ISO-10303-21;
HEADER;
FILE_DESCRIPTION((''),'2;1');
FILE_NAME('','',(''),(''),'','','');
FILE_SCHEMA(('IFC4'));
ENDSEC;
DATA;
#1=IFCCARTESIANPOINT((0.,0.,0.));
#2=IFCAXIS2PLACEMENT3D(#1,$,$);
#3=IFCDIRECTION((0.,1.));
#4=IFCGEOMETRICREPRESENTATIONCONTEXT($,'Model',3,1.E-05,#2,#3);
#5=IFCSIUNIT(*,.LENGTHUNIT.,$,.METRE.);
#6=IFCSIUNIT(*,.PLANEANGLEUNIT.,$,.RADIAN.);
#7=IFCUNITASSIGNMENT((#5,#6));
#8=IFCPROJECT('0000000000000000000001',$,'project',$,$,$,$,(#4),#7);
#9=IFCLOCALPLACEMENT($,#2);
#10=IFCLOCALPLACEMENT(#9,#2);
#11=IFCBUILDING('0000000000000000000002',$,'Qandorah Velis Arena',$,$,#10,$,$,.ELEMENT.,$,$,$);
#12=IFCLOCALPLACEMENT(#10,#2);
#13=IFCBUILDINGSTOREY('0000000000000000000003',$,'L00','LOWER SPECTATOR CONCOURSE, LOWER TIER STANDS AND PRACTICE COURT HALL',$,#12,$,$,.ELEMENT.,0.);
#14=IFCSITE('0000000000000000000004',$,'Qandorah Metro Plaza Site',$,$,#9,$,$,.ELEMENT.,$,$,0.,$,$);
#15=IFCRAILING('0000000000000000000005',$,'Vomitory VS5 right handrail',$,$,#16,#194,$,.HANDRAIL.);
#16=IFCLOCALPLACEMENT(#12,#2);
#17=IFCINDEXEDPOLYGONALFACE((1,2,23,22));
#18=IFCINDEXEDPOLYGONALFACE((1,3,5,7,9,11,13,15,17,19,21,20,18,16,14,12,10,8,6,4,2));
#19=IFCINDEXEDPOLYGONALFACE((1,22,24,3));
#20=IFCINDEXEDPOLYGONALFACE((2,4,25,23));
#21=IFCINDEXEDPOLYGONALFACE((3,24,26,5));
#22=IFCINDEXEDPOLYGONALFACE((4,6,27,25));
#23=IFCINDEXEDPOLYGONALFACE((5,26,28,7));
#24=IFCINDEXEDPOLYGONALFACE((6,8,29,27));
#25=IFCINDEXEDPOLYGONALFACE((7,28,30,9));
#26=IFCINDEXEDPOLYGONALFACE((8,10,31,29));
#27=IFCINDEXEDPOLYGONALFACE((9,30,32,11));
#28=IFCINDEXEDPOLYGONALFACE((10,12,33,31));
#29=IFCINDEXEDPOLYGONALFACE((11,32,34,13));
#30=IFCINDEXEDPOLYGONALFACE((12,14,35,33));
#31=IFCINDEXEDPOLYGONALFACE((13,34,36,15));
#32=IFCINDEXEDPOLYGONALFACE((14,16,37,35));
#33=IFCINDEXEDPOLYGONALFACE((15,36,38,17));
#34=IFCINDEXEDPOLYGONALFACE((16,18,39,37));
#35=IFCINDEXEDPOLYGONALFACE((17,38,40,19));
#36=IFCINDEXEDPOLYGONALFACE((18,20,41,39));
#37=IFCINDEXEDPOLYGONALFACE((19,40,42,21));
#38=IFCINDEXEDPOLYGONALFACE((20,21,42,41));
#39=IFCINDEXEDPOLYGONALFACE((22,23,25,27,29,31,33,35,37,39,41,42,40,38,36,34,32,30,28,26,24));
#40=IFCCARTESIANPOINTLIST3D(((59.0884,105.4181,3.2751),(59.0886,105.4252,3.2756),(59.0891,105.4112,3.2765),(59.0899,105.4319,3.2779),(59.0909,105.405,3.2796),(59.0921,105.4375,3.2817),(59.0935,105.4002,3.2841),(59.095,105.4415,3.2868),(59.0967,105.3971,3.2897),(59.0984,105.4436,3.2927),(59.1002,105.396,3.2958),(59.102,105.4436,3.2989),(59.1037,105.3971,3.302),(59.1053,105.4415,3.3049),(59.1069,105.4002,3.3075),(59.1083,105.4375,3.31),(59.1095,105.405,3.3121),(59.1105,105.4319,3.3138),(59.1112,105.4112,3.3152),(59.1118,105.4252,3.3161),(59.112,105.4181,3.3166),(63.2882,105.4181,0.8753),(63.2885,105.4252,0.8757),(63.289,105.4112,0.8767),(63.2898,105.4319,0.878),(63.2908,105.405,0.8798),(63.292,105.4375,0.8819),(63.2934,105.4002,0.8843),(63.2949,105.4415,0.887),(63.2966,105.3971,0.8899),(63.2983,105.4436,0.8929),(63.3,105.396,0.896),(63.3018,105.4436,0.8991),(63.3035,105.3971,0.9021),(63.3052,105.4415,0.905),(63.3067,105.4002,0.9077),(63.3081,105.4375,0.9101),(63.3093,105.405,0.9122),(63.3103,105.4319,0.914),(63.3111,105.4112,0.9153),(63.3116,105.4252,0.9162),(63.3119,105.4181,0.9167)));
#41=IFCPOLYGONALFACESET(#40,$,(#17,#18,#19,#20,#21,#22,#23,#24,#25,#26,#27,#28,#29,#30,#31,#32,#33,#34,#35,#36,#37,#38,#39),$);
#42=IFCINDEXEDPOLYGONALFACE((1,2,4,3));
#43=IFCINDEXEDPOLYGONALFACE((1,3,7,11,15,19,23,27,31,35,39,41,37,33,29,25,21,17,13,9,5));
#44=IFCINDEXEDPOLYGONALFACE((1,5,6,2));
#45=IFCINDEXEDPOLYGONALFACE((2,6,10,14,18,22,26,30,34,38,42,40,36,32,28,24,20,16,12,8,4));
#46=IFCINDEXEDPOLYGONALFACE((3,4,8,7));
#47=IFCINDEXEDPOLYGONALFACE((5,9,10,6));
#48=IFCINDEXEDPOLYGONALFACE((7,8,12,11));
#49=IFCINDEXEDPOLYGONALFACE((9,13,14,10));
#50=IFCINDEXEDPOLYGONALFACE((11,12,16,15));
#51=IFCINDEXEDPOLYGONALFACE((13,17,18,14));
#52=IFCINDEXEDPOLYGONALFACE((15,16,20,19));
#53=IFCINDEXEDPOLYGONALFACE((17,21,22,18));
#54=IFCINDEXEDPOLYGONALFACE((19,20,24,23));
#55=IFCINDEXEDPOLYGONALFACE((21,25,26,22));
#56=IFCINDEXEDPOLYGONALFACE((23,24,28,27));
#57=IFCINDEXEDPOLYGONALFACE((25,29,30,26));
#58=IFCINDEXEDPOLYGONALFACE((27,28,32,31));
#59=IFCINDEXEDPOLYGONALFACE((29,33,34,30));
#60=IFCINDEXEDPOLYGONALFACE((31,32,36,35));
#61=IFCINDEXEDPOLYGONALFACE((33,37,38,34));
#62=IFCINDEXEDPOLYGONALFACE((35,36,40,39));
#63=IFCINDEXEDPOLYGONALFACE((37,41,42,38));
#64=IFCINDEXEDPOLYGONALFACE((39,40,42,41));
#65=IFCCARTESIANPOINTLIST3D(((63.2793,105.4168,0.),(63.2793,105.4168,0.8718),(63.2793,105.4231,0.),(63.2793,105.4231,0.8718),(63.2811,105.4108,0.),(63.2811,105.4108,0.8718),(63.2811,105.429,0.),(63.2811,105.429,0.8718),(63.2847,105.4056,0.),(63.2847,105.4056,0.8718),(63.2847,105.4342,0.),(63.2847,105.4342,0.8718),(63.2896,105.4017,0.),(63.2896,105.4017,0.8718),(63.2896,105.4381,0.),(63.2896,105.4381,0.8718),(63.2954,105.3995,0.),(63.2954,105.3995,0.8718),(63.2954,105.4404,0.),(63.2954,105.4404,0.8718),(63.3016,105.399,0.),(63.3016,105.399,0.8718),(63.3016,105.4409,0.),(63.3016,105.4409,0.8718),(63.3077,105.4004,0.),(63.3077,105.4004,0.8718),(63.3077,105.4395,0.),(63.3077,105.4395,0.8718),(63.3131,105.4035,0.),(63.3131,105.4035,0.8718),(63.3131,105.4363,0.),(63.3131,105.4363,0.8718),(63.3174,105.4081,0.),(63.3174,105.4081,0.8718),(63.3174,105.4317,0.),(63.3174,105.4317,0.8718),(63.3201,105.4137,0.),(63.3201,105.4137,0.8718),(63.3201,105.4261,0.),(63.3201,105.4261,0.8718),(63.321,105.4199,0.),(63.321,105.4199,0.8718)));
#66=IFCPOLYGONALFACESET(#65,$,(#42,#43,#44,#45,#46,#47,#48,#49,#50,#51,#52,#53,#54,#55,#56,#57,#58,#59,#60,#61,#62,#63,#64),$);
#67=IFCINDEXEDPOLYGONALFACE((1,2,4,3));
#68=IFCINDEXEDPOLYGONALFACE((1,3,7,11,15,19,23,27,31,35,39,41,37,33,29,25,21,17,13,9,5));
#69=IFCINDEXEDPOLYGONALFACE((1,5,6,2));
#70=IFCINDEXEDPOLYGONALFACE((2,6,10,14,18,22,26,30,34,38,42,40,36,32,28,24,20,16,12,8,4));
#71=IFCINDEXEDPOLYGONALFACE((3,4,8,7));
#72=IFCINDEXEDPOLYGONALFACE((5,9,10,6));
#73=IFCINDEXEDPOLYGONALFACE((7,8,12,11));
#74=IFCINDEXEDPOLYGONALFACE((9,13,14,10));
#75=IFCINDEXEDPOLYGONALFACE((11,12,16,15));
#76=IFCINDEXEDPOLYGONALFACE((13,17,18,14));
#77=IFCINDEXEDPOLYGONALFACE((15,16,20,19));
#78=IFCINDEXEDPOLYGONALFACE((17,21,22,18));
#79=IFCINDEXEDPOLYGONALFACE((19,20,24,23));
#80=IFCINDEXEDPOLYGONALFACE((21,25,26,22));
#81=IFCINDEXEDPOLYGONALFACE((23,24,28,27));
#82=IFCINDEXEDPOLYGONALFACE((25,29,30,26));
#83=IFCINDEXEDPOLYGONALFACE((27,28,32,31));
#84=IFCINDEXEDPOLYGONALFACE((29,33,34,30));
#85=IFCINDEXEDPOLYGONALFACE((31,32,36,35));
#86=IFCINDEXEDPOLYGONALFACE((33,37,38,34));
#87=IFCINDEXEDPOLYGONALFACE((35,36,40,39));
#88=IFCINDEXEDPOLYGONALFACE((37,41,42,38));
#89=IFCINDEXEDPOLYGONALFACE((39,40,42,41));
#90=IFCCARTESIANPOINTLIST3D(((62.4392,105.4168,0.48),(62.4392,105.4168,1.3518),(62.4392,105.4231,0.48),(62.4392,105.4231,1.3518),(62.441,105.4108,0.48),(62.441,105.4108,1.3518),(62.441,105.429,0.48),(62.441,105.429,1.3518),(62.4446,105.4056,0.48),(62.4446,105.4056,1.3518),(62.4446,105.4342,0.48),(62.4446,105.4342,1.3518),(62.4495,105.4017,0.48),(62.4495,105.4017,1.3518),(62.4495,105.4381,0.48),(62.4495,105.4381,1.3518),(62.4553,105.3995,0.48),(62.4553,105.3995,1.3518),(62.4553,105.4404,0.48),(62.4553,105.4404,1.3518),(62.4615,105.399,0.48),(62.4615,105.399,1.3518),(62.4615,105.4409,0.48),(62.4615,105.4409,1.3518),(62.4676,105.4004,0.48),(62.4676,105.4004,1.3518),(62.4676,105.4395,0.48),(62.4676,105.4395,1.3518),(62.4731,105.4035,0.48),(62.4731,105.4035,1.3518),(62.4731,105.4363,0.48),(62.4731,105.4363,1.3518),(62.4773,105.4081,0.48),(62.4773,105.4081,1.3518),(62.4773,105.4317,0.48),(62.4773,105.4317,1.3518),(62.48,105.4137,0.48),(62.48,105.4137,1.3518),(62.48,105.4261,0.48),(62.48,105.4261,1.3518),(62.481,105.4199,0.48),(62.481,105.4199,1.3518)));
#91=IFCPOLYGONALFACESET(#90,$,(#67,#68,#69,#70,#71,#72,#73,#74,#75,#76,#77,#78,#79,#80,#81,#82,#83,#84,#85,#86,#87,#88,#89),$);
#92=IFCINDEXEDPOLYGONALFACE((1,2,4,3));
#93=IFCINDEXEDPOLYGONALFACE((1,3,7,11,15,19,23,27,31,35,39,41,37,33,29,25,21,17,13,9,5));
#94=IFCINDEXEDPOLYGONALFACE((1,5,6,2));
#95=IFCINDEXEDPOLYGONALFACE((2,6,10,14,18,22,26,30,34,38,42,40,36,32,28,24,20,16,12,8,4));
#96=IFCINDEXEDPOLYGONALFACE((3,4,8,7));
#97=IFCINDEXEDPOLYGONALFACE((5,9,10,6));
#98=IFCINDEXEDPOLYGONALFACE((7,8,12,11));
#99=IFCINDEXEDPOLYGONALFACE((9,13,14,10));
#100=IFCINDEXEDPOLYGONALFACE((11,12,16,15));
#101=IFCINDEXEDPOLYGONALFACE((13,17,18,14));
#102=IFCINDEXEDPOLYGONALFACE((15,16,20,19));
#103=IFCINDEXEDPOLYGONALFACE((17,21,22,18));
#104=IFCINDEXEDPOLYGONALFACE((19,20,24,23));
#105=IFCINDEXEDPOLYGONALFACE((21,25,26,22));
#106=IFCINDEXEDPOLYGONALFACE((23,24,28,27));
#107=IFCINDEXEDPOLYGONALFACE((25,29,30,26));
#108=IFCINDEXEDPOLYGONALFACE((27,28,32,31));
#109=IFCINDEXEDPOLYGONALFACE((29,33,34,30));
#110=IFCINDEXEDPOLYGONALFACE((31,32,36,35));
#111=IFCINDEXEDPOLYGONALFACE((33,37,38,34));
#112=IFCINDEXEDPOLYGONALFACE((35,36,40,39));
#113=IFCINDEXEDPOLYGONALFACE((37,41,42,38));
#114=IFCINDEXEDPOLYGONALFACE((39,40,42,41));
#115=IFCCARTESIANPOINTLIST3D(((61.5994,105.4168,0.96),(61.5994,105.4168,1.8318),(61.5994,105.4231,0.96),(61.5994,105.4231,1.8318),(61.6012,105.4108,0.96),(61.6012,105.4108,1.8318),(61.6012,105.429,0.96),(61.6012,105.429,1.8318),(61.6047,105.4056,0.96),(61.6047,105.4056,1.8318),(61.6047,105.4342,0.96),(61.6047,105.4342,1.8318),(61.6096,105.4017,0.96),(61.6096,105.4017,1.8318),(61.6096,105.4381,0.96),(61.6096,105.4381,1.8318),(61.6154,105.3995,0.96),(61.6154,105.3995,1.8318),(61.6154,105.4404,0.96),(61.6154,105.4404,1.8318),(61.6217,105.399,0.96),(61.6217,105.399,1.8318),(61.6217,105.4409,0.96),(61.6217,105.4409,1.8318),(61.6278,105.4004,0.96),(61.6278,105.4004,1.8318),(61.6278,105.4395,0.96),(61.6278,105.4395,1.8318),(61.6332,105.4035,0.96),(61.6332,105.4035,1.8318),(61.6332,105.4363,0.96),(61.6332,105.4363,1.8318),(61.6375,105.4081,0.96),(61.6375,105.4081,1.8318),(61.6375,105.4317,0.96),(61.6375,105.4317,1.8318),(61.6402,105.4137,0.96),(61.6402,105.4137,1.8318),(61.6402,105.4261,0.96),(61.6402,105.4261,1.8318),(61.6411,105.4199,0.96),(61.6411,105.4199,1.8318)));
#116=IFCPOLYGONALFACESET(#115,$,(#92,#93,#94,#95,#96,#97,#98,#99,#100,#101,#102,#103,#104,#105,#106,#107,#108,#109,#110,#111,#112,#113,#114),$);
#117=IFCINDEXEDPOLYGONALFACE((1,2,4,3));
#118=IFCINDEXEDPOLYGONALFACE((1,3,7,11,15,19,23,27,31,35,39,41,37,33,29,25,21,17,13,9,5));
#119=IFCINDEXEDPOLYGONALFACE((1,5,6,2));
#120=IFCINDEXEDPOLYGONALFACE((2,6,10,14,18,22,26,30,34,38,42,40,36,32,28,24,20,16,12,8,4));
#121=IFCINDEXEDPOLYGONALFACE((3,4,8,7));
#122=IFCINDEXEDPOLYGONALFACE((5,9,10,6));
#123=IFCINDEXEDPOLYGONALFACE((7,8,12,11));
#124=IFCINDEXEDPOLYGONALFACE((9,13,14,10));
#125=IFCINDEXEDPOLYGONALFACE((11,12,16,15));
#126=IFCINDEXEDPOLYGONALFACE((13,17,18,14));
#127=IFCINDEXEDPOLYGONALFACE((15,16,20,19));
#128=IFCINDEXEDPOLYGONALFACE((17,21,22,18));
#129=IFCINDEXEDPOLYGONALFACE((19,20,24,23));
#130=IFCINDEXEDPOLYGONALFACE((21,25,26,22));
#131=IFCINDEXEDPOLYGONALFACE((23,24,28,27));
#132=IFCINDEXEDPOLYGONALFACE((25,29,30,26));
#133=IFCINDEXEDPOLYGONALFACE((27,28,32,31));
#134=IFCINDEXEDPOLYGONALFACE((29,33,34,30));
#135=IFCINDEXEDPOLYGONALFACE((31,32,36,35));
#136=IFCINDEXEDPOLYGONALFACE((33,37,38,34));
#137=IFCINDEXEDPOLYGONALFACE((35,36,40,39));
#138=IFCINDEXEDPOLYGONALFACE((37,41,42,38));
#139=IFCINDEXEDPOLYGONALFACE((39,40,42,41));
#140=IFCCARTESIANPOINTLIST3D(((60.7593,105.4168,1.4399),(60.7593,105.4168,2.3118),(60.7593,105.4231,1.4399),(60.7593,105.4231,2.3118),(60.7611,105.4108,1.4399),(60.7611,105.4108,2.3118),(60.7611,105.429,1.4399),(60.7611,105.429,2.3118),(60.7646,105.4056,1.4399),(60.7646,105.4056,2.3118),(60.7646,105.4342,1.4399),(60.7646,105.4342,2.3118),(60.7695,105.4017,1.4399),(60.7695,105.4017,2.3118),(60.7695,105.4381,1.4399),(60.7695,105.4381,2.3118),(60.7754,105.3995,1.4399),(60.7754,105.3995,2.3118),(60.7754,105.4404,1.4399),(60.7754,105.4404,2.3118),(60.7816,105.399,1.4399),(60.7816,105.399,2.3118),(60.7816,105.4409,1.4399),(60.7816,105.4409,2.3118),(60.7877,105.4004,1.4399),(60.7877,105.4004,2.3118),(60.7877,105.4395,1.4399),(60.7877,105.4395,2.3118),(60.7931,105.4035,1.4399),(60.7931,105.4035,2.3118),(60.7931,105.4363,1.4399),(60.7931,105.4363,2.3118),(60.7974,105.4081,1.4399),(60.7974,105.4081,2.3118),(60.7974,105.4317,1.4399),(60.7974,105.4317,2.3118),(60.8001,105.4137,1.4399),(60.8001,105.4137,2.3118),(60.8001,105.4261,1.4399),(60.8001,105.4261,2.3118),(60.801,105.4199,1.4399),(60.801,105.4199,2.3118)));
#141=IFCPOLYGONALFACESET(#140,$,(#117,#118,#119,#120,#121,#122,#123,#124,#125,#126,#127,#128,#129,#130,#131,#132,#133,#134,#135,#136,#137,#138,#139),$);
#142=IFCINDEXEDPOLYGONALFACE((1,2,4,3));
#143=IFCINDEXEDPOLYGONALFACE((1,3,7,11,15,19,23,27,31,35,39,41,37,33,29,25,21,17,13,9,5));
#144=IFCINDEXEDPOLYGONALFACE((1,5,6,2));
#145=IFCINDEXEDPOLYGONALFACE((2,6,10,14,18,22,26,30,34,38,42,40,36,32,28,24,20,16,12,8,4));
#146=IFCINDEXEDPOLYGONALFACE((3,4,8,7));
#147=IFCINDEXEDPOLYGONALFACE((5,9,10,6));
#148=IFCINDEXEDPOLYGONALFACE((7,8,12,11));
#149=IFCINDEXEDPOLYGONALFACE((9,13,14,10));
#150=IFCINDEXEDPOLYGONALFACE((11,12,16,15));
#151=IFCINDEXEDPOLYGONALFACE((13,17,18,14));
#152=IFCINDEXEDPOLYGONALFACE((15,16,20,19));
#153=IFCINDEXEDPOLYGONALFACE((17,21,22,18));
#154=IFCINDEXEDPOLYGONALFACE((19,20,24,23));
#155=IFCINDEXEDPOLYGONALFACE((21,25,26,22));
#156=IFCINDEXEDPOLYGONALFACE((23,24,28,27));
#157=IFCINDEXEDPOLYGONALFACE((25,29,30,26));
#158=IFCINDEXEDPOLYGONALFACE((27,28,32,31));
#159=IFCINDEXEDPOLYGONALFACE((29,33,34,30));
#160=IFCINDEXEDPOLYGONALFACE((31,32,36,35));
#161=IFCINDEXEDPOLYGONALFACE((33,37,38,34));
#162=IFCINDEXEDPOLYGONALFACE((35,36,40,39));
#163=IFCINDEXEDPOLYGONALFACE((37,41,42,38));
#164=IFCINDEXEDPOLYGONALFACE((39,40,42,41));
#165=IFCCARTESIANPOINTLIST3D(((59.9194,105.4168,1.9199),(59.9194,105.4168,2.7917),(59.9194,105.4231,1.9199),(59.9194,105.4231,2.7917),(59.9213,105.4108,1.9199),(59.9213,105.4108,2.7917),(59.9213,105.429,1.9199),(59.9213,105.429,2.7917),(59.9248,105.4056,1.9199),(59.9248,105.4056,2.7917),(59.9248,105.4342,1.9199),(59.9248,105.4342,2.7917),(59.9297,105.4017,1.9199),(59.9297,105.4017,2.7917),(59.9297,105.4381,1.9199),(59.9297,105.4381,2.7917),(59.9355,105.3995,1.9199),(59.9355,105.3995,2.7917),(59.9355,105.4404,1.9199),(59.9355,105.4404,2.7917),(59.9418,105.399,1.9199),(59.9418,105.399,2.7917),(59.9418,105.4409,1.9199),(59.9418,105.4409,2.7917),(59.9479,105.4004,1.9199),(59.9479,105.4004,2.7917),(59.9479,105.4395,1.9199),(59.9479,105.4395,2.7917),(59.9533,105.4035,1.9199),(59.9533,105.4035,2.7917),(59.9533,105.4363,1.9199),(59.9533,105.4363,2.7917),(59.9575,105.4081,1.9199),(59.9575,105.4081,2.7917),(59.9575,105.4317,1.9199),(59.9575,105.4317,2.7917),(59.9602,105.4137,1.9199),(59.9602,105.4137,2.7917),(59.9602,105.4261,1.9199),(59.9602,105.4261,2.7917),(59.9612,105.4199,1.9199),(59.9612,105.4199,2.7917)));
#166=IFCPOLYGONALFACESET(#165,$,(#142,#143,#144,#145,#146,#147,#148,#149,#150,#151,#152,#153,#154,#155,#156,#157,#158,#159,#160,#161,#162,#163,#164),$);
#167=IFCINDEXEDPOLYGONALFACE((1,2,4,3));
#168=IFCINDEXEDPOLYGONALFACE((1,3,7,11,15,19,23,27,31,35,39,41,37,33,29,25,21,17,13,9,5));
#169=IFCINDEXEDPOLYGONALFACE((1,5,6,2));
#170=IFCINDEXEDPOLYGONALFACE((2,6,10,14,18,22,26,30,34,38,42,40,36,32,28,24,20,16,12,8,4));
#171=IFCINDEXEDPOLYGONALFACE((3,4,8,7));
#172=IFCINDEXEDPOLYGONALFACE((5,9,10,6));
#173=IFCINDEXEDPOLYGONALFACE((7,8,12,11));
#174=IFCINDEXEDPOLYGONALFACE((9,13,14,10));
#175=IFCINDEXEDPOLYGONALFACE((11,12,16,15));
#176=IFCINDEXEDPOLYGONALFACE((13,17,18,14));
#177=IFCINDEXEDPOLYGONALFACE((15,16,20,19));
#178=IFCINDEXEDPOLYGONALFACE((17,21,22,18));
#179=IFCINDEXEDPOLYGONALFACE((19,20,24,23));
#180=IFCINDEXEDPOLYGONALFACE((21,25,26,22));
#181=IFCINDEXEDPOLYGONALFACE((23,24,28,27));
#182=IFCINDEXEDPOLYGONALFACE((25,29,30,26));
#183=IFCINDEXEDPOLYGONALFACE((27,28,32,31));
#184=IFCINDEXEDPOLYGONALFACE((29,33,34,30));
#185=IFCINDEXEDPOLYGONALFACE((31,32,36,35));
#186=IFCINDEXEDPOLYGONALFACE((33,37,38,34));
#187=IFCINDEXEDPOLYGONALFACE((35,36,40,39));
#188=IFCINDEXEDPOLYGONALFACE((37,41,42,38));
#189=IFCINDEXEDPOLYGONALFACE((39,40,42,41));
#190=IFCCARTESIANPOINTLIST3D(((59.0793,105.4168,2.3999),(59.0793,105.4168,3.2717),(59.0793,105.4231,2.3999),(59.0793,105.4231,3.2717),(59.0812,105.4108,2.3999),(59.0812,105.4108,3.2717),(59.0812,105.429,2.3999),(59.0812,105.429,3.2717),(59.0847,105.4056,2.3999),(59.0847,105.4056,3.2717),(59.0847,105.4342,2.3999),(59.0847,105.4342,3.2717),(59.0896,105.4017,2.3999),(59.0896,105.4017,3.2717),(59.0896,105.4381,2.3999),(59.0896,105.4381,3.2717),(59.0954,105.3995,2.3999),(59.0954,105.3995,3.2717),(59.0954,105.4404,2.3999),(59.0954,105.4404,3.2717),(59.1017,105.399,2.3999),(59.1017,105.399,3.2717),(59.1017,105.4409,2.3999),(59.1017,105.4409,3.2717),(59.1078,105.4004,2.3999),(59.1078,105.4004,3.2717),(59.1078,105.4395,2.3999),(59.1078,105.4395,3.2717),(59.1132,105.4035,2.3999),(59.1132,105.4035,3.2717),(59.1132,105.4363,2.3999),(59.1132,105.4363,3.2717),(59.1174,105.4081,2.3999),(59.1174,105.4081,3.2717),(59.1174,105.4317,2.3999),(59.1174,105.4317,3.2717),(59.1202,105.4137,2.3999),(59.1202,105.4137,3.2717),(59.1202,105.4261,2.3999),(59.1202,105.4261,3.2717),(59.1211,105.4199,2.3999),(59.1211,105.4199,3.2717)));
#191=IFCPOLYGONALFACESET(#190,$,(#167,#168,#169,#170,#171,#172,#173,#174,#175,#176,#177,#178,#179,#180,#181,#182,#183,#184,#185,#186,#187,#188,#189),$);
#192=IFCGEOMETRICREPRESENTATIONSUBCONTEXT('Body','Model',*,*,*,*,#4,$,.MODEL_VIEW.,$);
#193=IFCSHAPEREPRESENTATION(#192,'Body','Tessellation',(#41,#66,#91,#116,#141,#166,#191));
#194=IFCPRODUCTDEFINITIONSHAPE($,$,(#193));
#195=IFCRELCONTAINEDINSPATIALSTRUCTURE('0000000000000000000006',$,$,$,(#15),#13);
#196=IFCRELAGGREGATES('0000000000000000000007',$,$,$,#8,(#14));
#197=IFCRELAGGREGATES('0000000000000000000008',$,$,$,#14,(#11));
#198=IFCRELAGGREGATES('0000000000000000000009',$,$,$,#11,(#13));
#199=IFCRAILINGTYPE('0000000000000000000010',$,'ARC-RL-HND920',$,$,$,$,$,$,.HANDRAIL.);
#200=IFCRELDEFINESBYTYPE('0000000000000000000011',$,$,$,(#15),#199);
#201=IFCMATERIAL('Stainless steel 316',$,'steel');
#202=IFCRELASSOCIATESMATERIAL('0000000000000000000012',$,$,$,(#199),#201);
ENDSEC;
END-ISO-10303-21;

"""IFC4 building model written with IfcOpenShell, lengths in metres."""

from ifc_helpers import new_model, si_unit, direction, frame, origin, origin_2d, place, context, subcontext, project, spatial, circle, extrude, material, type_object, element, save


model = new_model("IFC4")

# Units and contexts
model_context = context("Model", 3, precision=1e-05, world=origin(), true_north=direction((0.0, 1.0)))
body_context = subcontext(model_context, "Body", "Model", "MODEL_VIEW")
ifc_project = project(units=[si_unit("LENGTHUNIT", "METRE"), si_unit("PLANEANGLEUNIT", "RADIAN")], contexts=[model_context])

# Site, building, storey
site_placement = place(None, origin())
site = spatial("IfcSite", under=ifc_project, at=site_placement, Name="Qandorah Metro Plaza Site", CompositionType="ELEMENT", RefElevation=0.0)
building_placement = place(site_placement, origin())
building = spatial("IfcBuilding", under=site, at=building_placement, Name="Qandorah Velis Arena", CompositionType="ELEMENT")
storey_placement = place(building_placement, origin())
storey = spatial("IfcBuildingStorey", under=building, at=storey_placement, Name="L00", Description="LOWER SPECTATOR CONCOURSE, LOWER TIER STANDS AND PRACTICE COURT HALL", CompositionType="ELEMENT", Elevation=0.0)

# Railing
ifc_material_1 = material(Name="Stainless steel 316", Category="steel")
railing_type_1 = type_object("IfcRailingType", Name="ARC-RL-HND920", PredefinedType="HANDRAIL", material=ifc_material_1)
for number, where, name in (
    (1, (63.3, 105.4199, 0.0), "Vomitory VS5 right handrail"),
):
    element("IfcRailing", number, at=place(storey_placement, frame(where)), inside=storey, type_object=railing_type_1, Name=name, PredefinedType="HANDRAIL", context=body_context, shape_type="SweptSolid", body=[
        extrude(circle(Radius=0.0239, at=origin_2d()), frame((0.0, 0.0, 0.896), z_axis=(-0.868249, 0.0, 0.496128), x_axis=(0.0, -1.0, 0.0)), (0.0, 0.0, 1.0), 4.8372),
        extrude(circle(Radius=0.021, at=origin_2d()), origin(), (0.0, 0.0, 1.0), 0.8718),
        extrude(circle(Radius=0.021, at=origin_2d()), frame((-0.8401, 0.0, 0.48)), (0.0, 0.0, 1.0), 0.8718),
        extrude(circle(Radius=0.021, at=origin_2d()), frame((-1.6799, 0.0, 0.96)), (0.0, 0.0, 1.0), 0.8718),
        extrude(circle(Radius=0.021, at=origin_2d()), frame((-2.52, 0.0, 1.4399)), (0.0, 0.0, 1.0), 0.8718),
        extrude(circle(Radius=0.021, at=origin_2d()), frame((-3.3599, 0.0, 1.9199)), (0.0, 0.0, 1.0), 0.8718),
        extrude(circle(Radius=0.021, at=origin_2d()), frame((-4.2, 0.0, 2.3999)), (0.0, 0.0, 1.0), 0.8718),
    ])

save(model, "model.ifc")
